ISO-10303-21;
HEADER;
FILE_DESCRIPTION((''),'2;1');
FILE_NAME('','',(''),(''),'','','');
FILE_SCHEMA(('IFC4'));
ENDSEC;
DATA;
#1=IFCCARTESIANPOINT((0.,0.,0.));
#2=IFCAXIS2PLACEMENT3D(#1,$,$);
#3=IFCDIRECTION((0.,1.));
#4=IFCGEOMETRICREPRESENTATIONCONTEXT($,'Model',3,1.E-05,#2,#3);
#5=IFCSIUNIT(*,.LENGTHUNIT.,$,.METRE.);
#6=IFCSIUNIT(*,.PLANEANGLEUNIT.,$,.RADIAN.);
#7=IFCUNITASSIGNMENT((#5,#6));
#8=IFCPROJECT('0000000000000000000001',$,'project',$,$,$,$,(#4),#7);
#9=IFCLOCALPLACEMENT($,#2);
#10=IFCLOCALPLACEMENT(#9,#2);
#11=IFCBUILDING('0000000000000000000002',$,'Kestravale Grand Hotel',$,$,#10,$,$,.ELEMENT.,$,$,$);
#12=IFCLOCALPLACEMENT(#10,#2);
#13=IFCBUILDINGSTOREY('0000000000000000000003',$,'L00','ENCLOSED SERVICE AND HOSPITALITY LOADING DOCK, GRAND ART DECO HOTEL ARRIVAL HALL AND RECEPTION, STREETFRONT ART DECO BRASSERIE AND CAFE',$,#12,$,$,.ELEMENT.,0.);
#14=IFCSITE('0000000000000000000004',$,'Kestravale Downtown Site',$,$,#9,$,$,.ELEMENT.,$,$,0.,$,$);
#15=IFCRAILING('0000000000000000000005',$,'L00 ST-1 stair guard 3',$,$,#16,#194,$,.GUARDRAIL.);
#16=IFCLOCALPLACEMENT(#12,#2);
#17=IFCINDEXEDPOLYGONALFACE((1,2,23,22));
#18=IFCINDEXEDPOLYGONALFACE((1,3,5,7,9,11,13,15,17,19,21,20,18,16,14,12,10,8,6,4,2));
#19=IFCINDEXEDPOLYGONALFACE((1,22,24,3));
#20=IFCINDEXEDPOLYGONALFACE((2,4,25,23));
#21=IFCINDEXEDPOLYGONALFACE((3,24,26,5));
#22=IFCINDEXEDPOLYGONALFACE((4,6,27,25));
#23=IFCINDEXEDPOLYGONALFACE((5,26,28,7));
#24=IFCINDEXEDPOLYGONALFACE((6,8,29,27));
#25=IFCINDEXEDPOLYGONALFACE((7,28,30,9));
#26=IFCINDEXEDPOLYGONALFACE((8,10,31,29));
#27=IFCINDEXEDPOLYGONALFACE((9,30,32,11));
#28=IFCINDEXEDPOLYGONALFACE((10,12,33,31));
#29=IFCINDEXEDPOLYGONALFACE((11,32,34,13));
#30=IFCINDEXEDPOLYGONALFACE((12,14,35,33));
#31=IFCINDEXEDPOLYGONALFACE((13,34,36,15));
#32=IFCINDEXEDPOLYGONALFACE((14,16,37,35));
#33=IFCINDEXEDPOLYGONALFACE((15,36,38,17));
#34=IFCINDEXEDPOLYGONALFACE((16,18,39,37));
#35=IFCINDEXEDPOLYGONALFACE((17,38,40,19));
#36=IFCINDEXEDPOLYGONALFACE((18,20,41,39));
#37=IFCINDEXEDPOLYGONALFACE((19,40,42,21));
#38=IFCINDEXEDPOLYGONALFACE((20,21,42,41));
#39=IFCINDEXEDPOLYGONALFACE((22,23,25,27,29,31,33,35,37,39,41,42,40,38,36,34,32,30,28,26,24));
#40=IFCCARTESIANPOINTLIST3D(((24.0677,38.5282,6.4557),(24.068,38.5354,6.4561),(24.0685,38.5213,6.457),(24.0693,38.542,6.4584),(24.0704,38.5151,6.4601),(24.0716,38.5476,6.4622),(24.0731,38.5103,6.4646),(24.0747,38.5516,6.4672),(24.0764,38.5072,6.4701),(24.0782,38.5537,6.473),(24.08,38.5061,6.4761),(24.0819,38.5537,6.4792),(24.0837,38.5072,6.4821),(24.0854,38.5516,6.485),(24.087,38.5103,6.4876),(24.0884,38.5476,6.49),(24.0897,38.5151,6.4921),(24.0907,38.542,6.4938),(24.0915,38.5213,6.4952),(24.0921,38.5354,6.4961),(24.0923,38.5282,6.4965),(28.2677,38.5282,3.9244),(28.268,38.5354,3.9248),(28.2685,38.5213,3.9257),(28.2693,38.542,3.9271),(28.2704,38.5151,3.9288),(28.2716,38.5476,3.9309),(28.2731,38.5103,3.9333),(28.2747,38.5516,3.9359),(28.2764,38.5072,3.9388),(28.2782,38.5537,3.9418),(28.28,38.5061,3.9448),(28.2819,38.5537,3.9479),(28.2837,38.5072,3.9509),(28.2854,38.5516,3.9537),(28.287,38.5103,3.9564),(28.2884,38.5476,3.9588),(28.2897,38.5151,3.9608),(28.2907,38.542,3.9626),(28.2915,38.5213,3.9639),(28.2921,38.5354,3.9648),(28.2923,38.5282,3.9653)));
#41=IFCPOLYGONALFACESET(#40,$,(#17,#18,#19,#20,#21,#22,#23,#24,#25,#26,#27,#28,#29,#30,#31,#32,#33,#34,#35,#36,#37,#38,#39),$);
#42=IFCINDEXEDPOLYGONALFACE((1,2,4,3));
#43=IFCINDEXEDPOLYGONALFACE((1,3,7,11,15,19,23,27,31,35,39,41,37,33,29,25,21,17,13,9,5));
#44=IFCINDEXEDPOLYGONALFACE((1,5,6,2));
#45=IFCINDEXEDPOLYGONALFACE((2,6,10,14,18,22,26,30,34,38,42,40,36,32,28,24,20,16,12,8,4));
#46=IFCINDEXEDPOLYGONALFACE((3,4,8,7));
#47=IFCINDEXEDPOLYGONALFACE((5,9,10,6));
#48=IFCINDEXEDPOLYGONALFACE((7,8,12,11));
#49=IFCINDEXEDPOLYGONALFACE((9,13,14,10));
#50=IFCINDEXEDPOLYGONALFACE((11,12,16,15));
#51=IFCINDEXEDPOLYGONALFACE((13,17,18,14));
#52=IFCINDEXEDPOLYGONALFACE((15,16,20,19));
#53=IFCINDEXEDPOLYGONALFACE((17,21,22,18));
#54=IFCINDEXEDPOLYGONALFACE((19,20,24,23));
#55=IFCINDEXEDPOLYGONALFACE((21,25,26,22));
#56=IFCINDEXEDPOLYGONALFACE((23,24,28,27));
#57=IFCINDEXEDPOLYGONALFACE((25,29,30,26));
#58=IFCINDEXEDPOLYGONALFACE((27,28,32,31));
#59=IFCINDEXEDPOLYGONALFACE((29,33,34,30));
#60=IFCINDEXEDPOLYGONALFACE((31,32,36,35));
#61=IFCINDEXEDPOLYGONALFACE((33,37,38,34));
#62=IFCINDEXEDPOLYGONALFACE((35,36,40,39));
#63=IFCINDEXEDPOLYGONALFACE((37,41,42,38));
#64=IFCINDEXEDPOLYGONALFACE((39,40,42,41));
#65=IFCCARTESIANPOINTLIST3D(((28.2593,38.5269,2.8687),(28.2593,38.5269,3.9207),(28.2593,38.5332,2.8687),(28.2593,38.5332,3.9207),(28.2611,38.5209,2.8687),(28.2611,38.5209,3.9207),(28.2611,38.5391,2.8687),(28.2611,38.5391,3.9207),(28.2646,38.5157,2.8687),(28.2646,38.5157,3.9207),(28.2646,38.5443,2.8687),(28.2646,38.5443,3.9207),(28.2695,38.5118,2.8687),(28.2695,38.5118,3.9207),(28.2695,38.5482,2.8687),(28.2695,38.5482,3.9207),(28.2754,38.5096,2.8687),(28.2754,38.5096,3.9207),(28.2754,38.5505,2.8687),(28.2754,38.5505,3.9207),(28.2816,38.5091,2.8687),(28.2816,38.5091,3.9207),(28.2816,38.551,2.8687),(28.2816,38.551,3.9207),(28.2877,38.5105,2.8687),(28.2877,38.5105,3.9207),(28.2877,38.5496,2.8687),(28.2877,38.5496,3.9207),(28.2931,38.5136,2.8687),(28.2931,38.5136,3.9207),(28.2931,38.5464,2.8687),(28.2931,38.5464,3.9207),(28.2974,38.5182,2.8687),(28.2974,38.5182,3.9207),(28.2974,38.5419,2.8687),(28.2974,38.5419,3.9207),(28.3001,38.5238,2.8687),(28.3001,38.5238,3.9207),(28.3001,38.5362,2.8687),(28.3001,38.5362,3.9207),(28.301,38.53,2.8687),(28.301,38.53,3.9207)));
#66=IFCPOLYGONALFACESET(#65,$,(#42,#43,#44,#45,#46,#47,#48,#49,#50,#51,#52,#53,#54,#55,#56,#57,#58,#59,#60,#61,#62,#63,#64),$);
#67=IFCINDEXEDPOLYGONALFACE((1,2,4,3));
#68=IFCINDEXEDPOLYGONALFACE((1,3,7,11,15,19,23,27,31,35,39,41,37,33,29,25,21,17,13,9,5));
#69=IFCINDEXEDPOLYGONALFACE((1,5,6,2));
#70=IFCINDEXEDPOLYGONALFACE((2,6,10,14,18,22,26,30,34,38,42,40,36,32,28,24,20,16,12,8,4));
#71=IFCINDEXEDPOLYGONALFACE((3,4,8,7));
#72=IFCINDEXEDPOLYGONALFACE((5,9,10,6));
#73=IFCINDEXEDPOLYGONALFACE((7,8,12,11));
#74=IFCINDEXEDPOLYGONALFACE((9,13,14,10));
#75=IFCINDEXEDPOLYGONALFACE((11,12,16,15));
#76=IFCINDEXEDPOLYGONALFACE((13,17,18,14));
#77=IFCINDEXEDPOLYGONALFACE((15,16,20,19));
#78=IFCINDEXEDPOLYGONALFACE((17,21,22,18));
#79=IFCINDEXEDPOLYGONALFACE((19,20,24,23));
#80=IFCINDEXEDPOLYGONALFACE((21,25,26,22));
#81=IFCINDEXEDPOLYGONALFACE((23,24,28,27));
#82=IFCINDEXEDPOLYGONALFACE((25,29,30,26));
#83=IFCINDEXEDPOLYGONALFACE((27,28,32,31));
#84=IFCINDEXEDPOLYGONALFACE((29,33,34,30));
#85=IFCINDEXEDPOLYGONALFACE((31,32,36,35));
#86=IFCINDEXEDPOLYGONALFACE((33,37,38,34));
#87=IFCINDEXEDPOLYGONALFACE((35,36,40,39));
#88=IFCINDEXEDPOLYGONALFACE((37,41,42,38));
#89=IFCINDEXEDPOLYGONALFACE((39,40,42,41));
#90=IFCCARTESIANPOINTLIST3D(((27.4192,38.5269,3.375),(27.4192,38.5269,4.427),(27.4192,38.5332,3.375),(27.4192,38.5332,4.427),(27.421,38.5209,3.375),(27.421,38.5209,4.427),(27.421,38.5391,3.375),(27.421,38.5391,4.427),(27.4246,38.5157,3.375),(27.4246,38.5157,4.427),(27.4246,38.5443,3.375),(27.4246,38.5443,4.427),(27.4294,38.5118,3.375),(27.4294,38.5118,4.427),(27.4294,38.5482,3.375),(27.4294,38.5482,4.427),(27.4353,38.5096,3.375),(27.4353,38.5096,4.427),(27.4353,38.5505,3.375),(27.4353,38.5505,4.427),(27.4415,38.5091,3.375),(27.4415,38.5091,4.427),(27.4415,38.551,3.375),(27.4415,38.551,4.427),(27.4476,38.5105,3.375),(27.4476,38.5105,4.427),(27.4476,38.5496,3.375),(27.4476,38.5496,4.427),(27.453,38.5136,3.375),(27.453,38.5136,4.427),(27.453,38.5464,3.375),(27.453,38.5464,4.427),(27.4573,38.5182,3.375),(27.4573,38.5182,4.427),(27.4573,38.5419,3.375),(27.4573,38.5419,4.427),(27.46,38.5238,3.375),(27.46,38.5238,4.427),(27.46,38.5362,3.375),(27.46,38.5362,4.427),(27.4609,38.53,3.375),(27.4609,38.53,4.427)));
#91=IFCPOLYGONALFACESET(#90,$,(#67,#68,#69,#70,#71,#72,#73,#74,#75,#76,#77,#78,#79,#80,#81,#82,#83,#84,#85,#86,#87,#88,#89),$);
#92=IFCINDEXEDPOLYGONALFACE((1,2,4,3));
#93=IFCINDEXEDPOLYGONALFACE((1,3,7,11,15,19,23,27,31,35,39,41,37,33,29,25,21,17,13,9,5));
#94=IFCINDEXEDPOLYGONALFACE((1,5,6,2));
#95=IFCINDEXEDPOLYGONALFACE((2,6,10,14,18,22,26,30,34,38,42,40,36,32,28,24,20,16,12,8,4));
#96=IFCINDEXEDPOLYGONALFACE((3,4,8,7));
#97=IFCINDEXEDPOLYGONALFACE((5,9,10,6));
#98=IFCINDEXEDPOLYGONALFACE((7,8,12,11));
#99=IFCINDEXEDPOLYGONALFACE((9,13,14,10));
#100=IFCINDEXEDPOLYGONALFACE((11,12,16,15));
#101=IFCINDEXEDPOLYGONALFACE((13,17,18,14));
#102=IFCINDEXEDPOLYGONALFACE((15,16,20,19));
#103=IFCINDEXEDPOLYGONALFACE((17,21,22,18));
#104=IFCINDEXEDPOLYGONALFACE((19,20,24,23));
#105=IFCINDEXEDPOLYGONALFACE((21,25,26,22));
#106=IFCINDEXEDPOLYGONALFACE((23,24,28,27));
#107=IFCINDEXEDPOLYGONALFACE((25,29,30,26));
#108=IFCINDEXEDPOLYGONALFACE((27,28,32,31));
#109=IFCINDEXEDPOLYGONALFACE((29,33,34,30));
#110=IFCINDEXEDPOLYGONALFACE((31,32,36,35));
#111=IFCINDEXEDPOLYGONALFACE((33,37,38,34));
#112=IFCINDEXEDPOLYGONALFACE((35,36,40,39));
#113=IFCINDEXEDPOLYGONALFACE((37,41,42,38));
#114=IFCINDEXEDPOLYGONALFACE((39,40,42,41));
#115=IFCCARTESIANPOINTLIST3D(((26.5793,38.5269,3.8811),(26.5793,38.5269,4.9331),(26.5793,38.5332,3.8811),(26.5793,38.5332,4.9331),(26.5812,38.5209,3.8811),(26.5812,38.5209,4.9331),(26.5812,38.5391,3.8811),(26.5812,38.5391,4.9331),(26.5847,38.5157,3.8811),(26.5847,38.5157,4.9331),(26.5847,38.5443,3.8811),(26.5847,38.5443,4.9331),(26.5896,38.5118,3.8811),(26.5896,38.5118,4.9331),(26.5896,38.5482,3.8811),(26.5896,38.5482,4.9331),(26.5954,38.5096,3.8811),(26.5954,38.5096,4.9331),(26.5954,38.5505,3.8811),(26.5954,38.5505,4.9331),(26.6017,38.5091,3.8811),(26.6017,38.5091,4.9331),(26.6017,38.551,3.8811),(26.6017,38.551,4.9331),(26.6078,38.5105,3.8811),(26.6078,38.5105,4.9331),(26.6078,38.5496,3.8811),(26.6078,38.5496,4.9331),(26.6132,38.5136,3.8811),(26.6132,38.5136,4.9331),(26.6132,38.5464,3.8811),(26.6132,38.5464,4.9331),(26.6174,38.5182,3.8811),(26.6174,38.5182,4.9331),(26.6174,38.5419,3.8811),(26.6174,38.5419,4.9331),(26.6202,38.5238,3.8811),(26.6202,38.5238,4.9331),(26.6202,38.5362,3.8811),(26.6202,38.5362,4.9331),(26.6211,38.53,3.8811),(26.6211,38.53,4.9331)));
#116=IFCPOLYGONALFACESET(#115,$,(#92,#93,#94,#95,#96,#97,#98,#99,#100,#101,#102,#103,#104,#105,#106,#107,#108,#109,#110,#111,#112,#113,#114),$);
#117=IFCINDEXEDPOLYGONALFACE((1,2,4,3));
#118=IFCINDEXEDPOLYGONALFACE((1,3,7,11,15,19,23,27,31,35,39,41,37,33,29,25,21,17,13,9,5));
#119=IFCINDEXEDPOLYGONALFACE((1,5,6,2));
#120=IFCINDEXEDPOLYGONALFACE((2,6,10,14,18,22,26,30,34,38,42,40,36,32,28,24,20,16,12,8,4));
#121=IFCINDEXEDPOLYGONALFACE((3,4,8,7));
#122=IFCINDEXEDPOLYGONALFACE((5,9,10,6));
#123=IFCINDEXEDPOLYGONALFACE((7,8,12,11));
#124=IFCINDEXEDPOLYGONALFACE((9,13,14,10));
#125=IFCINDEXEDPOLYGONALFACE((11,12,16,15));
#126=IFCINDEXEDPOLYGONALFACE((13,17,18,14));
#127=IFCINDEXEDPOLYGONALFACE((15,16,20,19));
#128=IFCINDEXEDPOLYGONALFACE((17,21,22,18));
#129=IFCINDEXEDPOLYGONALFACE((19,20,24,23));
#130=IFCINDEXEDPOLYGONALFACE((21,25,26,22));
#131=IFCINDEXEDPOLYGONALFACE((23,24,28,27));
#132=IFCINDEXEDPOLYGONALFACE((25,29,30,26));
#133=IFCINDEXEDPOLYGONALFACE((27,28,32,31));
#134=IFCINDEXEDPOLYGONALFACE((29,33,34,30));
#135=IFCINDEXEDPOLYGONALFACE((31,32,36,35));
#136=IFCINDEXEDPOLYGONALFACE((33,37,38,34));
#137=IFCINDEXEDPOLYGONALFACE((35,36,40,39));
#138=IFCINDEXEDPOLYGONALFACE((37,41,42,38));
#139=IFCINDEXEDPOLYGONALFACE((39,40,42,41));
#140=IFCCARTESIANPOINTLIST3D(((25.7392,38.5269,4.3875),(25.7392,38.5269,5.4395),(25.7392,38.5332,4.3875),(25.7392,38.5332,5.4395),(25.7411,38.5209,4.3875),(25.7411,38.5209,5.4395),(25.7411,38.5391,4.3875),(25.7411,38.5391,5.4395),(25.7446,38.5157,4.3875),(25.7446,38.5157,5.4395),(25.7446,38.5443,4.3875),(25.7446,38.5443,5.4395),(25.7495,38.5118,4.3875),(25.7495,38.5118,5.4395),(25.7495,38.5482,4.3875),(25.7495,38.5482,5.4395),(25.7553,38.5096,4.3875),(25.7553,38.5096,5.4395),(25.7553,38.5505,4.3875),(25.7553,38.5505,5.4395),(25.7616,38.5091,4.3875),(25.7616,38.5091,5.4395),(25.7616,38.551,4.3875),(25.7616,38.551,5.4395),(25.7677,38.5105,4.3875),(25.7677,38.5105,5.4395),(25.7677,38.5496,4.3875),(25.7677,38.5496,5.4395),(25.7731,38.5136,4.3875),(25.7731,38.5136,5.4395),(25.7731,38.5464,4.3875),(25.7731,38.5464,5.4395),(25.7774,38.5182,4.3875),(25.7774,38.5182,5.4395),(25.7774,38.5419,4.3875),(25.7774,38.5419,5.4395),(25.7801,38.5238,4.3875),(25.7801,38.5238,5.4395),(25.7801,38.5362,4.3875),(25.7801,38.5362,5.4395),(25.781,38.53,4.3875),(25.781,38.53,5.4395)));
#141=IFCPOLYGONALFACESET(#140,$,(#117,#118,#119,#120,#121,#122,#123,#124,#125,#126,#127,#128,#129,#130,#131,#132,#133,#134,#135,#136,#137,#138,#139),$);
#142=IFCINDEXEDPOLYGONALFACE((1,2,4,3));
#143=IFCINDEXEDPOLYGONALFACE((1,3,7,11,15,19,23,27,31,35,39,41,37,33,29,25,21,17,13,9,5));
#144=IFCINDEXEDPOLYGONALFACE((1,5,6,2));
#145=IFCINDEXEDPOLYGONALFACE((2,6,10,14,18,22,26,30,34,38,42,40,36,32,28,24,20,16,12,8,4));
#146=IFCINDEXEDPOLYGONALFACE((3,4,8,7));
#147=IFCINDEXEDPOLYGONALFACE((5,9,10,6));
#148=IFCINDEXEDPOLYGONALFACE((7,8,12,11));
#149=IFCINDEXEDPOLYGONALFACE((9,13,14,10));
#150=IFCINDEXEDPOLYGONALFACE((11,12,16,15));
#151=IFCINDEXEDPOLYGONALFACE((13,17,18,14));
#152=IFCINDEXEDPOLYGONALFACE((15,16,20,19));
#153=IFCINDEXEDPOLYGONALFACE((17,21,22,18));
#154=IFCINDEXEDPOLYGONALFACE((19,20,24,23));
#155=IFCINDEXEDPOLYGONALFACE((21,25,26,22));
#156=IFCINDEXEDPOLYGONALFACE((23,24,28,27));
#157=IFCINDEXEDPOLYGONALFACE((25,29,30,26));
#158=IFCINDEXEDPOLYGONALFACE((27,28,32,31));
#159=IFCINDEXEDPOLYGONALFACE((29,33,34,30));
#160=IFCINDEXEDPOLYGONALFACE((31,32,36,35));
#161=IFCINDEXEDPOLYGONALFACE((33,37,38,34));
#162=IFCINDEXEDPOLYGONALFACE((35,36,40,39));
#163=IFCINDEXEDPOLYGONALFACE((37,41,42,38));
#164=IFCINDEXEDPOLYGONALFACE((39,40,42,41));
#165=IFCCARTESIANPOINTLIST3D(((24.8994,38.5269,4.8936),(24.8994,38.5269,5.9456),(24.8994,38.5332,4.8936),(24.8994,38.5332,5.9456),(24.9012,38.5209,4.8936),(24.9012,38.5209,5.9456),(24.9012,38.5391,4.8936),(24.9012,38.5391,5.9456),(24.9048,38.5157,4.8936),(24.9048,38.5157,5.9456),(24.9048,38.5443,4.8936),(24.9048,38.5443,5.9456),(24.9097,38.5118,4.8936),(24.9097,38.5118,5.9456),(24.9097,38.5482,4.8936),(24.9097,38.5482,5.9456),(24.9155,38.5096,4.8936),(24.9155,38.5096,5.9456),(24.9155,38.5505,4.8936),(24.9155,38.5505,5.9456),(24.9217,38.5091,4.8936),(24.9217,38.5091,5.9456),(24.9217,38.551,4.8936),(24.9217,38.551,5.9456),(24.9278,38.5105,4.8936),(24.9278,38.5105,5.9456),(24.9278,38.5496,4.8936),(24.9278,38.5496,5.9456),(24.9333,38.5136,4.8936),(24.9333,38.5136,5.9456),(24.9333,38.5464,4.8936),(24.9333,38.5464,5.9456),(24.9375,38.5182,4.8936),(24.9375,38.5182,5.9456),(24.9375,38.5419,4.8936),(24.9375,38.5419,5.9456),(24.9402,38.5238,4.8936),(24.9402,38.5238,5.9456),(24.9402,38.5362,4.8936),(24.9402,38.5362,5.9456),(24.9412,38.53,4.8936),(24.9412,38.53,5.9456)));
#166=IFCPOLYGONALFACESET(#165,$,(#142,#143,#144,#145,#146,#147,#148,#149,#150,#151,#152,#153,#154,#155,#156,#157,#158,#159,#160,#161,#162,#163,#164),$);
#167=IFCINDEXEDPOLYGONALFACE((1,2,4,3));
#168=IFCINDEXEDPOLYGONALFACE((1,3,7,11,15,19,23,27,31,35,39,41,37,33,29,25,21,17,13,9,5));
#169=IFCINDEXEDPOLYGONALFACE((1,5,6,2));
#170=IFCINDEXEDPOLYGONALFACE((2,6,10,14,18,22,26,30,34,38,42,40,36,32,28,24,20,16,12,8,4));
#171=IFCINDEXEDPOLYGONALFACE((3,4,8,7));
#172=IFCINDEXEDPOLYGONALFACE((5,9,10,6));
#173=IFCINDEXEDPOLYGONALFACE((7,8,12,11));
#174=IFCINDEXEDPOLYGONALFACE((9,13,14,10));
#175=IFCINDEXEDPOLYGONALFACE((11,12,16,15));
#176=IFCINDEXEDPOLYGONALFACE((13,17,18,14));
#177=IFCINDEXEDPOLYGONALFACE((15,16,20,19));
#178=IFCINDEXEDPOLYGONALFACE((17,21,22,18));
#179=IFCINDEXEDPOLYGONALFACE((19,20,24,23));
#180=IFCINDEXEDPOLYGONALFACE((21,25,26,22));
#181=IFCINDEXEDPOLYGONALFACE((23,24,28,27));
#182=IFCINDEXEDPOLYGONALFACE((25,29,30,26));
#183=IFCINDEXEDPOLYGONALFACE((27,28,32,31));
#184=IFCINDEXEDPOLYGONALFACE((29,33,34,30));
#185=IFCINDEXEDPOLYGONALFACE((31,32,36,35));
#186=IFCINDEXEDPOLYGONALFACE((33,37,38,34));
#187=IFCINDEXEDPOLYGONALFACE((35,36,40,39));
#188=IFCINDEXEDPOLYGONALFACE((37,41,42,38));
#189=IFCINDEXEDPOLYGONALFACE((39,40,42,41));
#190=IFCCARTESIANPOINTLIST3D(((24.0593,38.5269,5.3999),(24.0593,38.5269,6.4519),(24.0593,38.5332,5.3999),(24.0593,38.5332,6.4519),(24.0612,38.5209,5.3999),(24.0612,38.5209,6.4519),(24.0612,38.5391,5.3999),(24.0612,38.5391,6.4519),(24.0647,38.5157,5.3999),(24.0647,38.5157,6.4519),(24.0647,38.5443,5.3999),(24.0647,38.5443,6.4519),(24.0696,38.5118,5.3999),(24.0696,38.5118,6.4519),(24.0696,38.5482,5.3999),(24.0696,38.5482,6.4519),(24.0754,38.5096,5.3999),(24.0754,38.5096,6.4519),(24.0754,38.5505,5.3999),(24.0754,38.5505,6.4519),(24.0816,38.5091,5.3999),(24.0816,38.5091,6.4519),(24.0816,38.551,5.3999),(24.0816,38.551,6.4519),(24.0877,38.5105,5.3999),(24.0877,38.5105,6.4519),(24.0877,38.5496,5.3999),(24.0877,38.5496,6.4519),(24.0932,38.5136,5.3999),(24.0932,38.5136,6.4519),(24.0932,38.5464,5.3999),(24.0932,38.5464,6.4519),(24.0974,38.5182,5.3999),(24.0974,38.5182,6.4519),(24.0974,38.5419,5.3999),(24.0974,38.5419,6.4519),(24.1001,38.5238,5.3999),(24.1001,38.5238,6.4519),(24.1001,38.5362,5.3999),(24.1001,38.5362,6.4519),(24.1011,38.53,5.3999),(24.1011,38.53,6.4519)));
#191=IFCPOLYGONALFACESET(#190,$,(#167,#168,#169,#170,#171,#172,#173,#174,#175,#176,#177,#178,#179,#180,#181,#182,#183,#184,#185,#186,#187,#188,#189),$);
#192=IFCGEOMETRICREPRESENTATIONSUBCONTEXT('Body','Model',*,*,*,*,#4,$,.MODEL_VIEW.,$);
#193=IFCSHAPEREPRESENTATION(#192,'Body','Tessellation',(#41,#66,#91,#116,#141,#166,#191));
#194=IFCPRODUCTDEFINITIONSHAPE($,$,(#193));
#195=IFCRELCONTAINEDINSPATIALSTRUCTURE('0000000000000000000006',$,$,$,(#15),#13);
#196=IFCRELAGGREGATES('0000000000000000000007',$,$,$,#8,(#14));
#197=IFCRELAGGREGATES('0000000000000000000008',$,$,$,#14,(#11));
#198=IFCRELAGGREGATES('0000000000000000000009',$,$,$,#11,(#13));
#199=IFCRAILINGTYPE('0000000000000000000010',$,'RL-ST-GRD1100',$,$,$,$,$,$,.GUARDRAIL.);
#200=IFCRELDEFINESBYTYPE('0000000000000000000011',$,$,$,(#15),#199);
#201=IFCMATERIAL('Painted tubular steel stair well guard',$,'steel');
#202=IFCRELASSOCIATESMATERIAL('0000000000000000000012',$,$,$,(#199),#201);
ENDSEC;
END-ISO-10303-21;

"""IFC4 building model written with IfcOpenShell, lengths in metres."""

from ifc_helpers import new_model, si_unit, direction, frame, origin, origin_2d, place, context, subcontext, project, spatial, circle, extrude, material, type_object, element, save


model = new_model("IFC4")

# Units and contexts
model_context = context("Model", 3, precision=1e-05, world=origin(), true_north=direction((0.0, 1.0)))
body_context = subcontext(model_context, "Body", "Model", "MODEL_VIEW")
ifc_project = project(units=[si_unit("LENGTHUNIT", "METRE"), si_unit("PLANEANGLEUNIT", "RADIAN")], contexts=[model_context])

# Site, building, storey
site_placement = place(None, origin())
site = spatial("IfcSite", under=ifc_project, at=site_placement, Name="Kestravale Downtown Site", CompositionType="ELEMENT", RefElevation=0.0)
building_placement = place(site_placement, origin())
building = spatial("IfcBuilding", under=site, at=building_placement, Name="Kestravale Grand Hotel", CompositionType="ELEMENT")
storey_placement = place(building_placement, origin())
storey = spatial("IfcBuildingStorey", under=building, at=storey_placement, Name="L00", Description="ENCLOSED SERVICE AND HOSPITALITY LOADING DOCK, GRAND ART DECO HOTEL ARRIVAL HALL AND RECEPTION, STREETFRONT ART DECO BRASSERIE AND CAFE", CompositionType="ELEMENT", Elevation=0.0)

# Railing
ifc_material_1 = material(Name="Painted tubular steel stair well guard", Category="steel")
railing_type_1 = type_object("IfcRailingType", Name="RL-ST-GRD1100", PredefinedType="GUARDRAIL", material=ifc_material_1)
railing_1_placement = place(storey_placement, frame((28.28, 38.53, 2.8687)))
element("IfcRailing", 1, at=railing_1_placement, inside=storey, type_object=railing_type_1, Name="L00 ST-1 stair guard 3", PredefinedType="GUARDRAIL", context=body_context, shape_type="SweptSolid", body=[
    extrude(circle(Radius=0.0239, at=origin_2d()), frame((0.0, 0.0, 1.0762), z_axis=(-0.856476, 0.0, 0.516186), x_axis=(0.0, -1.0, 0.0)), (0.0, 0.0, 1.0), 4.9038),
    extrude(circle(Radius=0.021, at=origin_2d()), origin(), (0.0, 0.0, 1.0), 1.052),
    extrude(circle(Radius=0.021, at=origin_2d()), frame((-0.8401, 0.0, 0.5063)), (0.0, 0.0, 1.0), 1.052),
    extrude(circle(Radius=0.021, at=origin_2d()), frame((-1.6799, 0.0, 1.0125)), (0.0, 0.0, 1.0), 1.052),
    extrude(circle(Radius=0.021, at=origin_2d()), frame((-2.52, 0.0, 1.5188)), (0.0, 0.0, 1.0), 1.052),
    extrude(circle(Radius=0.021, at=origin_2d()), frame((-3.3599, 0.0, 2.0249)), (0.0, 0.0, 1.0), 1.052),
    extrude(circle(Radius=0.021, at=origin_2d()), frame((-4.2, 0.0, 2.5312)), (0.0, 0.0, 1.0), 1.052),
])

save(model, "model.ifc")
